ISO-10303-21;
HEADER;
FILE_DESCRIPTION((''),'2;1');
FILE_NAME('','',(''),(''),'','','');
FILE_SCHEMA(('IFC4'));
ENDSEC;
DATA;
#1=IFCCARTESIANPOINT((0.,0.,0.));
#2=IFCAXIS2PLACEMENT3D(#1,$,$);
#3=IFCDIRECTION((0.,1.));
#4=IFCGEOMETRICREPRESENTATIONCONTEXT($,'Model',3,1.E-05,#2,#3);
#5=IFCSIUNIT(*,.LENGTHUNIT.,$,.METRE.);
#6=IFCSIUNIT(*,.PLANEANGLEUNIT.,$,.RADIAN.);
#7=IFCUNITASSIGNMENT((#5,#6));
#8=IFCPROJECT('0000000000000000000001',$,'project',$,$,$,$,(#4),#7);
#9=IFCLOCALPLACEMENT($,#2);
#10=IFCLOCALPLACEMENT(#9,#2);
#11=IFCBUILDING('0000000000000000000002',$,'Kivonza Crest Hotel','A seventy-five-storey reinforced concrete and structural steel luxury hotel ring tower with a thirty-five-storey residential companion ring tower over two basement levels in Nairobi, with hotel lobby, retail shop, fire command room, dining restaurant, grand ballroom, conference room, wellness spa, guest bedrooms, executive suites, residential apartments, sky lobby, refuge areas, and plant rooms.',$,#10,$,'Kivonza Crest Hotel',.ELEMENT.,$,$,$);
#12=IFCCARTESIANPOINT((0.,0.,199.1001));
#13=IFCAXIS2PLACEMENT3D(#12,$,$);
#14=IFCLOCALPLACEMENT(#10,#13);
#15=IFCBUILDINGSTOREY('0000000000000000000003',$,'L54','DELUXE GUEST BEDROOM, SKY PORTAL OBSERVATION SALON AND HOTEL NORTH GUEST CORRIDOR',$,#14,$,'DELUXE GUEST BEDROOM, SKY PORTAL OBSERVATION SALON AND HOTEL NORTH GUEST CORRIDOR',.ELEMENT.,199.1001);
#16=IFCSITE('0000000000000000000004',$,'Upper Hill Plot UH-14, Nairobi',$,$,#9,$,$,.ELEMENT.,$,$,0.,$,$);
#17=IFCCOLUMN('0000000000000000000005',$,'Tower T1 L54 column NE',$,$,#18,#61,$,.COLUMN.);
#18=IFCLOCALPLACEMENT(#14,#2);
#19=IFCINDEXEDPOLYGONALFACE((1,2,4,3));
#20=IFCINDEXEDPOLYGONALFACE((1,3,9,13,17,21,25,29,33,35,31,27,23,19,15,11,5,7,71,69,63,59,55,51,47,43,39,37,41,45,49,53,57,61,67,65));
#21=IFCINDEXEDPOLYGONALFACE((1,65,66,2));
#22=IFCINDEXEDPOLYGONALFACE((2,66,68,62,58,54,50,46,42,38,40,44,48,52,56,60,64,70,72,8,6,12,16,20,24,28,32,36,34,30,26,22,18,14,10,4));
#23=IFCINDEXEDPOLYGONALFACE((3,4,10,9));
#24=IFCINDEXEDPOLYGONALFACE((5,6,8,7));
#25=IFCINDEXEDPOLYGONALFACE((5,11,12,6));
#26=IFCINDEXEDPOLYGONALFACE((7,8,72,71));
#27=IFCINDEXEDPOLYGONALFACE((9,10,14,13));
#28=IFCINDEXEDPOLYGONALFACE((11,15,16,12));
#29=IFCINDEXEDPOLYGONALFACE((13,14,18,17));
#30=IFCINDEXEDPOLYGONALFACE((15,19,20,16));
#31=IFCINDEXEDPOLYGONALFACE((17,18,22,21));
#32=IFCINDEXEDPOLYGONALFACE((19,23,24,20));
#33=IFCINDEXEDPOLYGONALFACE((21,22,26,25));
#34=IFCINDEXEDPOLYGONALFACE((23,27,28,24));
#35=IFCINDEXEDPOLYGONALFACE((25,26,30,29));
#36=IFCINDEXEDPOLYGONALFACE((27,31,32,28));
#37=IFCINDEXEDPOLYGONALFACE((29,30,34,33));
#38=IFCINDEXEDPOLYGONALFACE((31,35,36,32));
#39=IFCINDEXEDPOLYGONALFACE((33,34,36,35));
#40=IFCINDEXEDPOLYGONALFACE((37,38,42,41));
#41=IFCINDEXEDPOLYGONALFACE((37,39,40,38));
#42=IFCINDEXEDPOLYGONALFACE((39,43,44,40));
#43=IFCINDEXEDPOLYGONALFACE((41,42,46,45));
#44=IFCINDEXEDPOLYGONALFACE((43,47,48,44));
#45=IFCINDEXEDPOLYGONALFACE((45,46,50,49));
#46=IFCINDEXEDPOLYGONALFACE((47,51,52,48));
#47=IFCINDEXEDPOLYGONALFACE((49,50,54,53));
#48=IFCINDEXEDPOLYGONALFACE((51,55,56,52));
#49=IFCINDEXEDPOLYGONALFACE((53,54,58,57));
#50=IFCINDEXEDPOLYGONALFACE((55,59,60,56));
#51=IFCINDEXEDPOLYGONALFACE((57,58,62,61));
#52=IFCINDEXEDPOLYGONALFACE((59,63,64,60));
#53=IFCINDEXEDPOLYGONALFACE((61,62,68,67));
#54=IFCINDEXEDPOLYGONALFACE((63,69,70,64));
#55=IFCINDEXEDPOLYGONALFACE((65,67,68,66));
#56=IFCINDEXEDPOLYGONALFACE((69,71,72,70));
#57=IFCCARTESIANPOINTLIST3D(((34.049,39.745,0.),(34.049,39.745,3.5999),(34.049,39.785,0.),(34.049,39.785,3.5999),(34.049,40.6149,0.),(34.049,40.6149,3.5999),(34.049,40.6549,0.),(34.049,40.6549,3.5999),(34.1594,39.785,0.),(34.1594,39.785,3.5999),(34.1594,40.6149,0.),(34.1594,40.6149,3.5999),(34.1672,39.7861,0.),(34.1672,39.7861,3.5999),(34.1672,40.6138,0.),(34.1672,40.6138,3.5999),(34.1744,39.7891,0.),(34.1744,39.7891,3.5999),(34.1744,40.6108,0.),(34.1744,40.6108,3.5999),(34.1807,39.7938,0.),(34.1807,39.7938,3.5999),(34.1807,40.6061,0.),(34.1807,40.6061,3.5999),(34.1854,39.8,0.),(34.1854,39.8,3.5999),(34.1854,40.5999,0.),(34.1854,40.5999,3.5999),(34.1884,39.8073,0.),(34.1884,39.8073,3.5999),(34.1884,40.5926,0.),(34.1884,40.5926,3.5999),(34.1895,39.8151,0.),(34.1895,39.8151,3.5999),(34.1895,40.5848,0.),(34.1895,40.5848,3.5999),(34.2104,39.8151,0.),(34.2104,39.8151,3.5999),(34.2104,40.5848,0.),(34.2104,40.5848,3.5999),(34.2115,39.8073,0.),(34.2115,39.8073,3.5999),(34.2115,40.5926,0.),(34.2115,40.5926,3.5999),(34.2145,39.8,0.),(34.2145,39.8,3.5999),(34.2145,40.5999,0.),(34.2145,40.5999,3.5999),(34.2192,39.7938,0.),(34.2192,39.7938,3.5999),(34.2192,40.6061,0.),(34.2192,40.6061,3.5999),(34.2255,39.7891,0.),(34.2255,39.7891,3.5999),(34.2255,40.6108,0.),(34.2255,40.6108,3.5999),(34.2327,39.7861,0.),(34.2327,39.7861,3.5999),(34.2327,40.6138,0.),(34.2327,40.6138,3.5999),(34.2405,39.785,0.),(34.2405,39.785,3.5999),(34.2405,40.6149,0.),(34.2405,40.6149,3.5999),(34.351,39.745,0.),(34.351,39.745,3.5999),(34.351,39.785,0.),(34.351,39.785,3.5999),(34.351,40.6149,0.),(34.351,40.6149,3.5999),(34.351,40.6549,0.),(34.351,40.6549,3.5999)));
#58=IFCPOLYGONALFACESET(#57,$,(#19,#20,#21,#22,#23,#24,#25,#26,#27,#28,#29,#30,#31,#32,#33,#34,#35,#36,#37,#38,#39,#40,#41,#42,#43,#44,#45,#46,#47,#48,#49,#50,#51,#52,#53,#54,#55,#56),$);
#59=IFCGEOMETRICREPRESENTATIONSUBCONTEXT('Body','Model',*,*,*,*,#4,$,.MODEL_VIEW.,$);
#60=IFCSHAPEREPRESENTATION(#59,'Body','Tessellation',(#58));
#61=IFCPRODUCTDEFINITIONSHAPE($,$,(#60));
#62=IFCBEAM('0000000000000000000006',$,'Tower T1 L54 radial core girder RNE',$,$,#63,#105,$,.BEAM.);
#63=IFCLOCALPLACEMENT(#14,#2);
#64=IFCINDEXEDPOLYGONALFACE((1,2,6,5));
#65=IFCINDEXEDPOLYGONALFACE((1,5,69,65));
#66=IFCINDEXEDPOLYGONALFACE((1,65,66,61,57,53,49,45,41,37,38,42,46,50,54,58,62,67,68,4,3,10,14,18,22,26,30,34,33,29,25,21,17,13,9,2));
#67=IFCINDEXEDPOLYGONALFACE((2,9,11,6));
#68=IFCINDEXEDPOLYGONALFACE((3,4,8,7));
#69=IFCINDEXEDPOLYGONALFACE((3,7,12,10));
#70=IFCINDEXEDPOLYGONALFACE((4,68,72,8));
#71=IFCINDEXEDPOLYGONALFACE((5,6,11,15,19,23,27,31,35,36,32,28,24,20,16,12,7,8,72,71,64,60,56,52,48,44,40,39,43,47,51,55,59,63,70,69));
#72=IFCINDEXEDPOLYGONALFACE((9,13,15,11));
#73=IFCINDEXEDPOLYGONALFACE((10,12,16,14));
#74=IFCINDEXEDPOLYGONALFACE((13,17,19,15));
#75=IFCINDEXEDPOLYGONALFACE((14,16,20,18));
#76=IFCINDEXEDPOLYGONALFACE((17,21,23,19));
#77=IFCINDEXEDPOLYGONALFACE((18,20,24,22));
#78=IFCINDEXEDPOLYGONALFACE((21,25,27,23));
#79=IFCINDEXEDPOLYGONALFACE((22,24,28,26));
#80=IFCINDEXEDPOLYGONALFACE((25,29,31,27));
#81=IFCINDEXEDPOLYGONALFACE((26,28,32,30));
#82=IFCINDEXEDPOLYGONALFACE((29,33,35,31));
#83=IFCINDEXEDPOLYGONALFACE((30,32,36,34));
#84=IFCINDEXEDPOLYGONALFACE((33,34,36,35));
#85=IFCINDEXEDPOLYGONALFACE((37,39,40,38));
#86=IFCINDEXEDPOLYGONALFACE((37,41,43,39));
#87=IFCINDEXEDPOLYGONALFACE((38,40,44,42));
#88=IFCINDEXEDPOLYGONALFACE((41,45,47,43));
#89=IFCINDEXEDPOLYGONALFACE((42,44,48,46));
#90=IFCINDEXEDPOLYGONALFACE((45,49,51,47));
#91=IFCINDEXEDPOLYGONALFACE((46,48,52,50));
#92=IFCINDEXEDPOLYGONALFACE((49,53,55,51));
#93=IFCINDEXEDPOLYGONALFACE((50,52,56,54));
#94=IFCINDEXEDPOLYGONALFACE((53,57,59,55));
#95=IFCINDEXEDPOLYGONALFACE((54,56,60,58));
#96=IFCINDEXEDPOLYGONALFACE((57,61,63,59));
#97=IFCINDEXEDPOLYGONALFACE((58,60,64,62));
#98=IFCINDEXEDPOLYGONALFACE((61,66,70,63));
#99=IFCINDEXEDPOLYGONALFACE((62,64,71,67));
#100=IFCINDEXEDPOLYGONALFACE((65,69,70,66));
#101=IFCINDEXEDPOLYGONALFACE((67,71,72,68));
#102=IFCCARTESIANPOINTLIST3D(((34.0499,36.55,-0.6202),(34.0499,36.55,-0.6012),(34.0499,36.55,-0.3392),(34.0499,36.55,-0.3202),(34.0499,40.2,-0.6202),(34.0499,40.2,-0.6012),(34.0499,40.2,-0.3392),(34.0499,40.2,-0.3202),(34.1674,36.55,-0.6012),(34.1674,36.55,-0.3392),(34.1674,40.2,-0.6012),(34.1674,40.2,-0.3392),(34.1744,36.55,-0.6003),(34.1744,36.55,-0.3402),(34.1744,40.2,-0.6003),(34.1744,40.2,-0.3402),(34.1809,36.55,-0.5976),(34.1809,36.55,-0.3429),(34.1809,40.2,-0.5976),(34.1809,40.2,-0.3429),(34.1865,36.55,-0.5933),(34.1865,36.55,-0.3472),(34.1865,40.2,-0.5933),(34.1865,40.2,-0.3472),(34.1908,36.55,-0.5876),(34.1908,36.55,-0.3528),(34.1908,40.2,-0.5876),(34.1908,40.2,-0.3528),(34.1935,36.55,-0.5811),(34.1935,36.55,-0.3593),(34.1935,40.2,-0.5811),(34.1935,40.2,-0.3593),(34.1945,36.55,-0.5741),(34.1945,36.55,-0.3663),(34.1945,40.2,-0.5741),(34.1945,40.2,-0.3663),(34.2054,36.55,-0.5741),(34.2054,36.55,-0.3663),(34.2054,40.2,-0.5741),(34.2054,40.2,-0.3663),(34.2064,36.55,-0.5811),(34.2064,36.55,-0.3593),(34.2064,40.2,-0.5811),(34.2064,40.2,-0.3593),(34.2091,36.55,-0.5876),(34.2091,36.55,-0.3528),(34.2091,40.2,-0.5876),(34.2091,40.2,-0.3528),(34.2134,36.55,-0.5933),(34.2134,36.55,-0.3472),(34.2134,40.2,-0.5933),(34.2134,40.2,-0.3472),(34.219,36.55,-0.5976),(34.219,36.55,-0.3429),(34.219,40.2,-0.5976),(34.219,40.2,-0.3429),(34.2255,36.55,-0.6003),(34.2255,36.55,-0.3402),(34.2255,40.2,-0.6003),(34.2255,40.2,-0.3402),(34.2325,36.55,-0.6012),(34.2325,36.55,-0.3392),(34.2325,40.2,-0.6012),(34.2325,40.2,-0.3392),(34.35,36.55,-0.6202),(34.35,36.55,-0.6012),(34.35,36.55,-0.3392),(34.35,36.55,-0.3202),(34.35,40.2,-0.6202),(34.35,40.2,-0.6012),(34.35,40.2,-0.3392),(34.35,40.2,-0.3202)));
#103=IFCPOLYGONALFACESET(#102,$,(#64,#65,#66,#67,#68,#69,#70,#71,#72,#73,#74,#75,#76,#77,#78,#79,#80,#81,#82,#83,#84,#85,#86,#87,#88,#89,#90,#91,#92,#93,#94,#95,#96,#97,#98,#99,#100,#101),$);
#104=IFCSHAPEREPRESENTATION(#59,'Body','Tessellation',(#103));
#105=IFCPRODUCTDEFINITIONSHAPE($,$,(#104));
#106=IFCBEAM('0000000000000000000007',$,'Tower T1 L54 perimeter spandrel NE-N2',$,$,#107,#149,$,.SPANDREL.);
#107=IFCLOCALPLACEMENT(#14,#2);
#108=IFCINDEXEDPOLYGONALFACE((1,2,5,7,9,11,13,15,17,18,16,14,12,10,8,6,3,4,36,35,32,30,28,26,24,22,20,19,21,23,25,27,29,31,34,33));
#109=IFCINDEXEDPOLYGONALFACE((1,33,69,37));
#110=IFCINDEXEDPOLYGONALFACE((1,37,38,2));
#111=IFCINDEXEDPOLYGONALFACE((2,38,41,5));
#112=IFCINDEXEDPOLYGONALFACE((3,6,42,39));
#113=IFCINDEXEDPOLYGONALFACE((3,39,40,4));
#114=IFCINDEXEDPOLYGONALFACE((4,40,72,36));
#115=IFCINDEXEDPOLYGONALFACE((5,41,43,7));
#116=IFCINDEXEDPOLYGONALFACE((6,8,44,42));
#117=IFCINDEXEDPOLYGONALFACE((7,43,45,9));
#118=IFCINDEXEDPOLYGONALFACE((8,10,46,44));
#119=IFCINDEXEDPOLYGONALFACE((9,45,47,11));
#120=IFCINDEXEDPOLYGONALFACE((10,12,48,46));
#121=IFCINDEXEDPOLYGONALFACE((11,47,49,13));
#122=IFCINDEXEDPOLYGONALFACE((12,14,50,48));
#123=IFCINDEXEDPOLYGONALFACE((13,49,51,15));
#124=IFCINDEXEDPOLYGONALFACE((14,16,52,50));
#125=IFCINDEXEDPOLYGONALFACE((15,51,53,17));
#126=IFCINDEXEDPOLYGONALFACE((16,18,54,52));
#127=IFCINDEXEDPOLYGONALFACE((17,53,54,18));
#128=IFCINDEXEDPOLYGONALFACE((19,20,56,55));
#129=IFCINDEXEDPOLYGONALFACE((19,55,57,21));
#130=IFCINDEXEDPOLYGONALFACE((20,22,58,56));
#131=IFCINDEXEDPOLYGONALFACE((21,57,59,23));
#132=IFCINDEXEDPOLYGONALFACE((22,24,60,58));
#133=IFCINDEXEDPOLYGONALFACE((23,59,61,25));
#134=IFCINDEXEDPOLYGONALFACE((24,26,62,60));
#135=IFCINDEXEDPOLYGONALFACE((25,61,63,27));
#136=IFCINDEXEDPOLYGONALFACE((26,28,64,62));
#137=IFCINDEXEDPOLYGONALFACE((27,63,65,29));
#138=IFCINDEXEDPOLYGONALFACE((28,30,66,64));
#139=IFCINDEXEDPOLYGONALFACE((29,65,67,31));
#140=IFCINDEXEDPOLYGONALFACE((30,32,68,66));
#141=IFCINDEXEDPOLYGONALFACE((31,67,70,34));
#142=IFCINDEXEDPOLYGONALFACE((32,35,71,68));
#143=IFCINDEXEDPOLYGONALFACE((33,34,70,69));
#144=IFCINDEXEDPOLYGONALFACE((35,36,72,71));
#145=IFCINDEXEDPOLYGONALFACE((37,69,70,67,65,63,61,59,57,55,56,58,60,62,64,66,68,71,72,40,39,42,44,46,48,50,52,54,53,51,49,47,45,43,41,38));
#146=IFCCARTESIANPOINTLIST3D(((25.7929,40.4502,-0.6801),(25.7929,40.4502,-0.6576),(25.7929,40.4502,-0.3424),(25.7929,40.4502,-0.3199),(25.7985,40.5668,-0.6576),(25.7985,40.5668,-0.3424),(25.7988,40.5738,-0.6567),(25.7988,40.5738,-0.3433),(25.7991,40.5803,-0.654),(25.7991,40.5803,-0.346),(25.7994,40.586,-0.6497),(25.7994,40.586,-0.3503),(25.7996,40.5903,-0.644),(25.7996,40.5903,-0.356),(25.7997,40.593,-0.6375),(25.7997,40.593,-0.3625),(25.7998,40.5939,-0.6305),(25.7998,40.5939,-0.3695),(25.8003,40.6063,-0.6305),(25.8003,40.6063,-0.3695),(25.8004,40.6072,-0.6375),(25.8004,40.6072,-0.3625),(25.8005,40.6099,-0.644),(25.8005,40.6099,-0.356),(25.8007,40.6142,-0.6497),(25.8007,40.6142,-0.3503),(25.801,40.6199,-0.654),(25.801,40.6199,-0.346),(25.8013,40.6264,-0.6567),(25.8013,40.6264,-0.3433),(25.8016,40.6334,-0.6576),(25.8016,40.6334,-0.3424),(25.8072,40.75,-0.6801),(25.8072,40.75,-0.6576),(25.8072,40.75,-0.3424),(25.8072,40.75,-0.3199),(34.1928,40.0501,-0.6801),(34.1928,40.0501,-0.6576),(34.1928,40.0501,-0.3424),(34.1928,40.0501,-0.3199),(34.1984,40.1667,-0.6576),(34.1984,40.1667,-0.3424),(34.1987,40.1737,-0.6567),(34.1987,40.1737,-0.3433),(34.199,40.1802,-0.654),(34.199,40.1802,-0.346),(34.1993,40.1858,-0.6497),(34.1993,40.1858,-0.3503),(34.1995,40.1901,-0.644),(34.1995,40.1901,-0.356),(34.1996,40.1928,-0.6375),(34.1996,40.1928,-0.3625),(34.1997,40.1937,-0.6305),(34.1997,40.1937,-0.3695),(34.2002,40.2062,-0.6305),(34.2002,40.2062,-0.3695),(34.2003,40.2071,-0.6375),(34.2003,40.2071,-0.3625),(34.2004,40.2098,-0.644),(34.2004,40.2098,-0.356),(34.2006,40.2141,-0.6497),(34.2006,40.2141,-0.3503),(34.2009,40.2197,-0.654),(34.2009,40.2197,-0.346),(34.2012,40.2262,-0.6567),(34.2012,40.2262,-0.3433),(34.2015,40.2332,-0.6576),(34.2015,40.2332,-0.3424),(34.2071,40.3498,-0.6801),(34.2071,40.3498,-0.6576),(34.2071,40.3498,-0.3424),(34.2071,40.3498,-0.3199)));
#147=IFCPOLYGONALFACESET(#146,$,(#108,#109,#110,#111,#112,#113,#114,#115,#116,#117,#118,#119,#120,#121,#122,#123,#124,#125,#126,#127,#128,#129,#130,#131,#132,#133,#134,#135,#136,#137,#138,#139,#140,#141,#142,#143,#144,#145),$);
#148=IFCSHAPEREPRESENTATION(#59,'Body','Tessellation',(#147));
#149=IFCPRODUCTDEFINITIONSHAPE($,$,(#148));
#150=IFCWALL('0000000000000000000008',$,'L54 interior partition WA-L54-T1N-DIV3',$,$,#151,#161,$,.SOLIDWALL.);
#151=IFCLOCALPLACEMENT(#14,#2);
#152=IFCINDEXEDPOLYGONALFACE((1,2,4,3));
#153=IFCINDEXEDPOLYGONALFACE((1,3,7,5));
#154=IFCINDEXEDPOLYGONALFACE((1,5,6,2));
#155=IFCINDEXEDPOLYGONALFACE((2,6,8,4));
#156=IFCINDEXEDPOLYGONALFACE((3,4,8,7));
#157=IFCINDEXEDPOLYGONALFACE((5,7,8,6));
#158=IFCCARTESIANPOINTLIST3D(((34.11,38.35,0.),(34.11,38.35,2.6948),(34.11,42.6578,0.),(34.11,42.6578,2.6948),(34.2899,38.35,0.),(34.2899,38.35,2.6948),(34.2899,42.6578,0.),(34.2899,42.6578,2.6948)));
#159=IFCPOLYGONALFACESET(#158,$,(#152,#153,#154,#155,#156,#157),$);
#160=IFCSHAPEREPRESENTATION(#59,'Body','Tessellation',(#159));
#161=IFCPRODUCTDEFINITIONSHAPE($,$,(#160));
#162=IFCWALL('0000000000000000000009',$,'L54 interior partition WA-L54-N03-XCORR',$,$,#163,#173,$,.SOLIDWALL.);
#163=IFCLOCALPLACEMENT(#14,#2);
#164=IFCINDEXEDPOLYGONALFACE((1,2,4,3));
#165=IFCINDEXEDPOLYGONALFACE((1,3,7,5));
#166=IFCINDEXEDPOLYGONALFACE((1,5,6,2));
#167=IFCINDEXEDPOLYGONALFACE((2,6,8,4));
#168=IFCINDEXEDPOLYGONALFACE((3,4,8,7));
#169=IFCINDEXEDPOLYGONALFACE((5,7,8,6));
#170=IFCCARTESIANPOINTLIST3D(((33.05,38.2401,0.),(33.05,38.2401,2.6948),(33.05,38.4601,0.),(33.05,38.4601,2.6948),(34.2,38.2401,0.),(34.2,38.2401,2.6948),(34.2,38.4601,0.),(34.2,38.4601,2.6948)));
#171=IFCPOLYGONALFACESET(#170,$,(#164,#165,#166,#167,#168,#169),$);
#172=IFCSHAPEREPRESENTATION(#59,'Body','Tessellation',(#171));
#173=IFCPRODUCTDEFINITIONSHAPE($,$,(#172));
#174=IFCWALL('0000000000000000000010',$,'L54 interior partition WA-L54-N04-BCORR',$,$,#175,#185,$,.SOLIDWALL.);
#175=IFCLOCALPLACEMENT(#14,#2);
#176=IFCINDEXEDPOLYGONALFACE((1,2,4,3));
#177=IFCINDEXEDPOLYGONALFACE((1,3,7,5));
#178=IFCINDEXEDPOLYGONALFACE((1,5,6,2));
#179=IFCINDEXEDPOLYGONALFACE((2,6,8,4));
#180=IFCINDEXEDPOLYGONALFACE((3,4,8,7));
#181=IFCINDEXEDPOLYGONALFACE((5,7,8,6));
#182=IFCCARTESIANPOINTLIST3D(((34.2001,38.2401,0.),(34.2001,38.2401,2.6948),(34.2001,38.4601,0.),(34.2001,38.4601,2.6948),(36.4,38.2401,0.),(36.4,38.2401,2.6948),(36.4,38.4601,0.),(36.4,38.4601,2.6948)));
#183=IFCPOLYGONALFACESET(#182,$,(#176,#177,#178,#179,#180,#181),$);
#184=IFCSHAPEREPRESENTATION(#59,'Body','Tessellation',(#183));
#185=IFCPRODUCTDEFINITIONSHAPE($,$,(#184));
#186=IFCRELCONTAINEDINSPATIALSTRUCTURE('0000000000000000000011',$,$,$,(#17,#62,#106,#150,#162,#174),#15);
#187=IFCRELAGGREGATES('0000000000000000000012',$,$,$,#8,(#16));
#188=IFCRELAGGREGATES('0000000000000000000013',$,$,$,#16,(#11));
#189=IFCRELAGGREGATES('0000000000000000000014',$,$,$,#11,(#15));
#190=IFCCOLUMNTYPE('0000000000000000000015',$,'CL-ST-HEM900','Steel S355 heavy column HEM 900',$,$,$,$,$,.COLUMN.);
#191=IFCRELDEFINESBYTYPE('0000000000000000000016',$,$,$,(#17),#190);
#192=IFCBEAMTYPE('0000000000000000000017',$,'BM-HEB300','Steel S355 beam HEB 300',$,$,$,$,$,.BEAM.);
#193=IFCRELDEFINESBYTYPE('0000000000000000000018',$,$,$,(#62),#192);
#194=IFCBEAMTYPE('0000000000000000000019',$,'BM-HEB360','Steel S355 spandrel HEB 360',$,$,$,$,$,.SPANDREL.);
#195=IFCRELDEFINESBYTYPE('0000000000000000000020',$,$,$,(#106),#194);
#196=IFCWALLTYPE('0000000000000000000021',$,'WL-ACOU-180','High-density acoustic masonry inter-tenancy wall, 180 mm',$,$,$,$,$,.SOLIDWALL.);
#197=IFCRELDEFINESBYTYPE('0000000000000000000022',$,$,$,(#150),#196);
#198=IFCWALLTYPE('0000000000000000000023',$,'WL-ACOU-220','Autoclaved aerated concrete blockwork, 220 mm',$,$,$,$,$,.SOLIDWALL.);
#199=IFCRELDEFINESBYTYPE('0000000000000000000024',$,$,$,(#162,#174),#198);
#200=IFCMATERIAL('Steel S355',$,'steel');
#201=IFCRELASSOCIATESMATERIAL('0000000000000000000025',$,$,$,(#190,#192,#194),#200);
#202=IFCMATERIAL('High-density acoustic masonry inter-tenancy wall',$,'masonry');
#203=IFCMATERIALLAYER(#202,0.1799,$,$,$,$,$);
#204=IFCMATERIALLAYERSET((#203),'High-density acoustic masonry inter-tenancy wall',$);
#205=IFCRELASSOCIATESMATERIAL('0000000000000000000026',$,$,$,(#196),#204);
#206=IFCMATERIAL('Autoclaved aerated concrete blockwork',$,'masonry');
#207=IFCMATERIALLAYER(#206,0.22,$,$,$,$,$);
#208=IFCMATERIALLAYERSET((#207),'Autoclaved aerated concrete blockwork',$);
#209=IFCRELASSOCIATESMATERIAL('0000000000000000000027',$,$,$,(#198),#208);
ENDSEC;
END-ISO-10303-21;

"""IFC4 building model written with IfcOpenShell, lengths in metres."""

from ifc_helpers import new_model, si_unit, direction, frame, frame_2d, origin, origin_2d, place, context, subcontext, project, spatial, rectangle, i_section, extrude, material, layer, layer_set, material_profile, profile_set, type_object, element, save


model = new_model("IFC4")

# Units and contexts
model_context = context("Model", 3, precision=1e-05, world=origin(), true_north=direction((0.0, 1.0)))
body_context = subcontext(model_context, "Body", "Model", "MODEL_VIEW")
ifc_project = project(units=[si_unit("LENGTHUNIT", "METRE"), si_unit("PLANEANGLEUNIT", "RADIAN")], contexts=[model_context])

# Site, building, storey
site_placement = place(None, origin())
site = spatial("IfcSite", under=ifc_project, at=site_placement, Name="Upper Hill Plot UH-14, Nairobi", CompositionType="ELEMENT", RefElevation=0.0)
building_placement = place(site_placement, origin())
building = spatial("IfcBuilding", under=site, at=building_placement, Name="Kivonza Crest Hotel", Description="A seventy-five-storey reinforced concrete and structural steel luxury hotel ring tower with a thirty-five-storey residential companion ring tower over two basement levels in Nairobi, with hotel lobby, retail shop, fire command room, dining restaurant, grand ballroom, conference room, wellness spa, guest bedrooms, executive suites, residential apartments, sky lobby, refuge areas, and plant rooms.", LongName="Kivonza Crest Hotel", CompositionType="ELEMENT")
storey_placement = place(building_placement, frame((0.0, 0.0, 199.1001)))
storey = spatial("IfcBuildingStorey", under=building, at=storey_placement, Name="L54", Description="DELUXE GUEST BEDROOM, SKY PORTAL OBSERVATION SALON AND HOTEL NORTH GUEST CORRIDOR", LongName="DELUXE GUEST BEDROOM, SKY PORTAL OBSERVATION SALON AND HOTEL NORTH GUEST CORRIDOR", CompositionType="ELEMENT", Elevation=199.1001)

# Column
ifc_material_1 = material(Name="Steel S355", Category="steel")
ifc_material_profile_1 = material_profile(ifc_material_1, i_section(OverallWidth=0.302, OverallDepth=0.9099, WebThickness=0.021, FlangeThickness=0.04, FilletRadius=0.03, at=origin_2d()), Name="HEM 900")
ifc_profile_set_1 = profile_set([ifc_material_profile_1], Name="Steel S355")
column_type = type_object("IfcColumnType", Name="CL-ST-HEM900", Description="Steel S355 heavy column HEM 900", PredefinedType="COLUMN", material=ifc_profile_set_1)
column_placement = place(storey_placement, frame((34.2, 40.2, 0.0), z_axis=(0.0, 0.0, 1.0), x_axis=(1.0, 0.0, 0.0)))
element("IfcColumn", 1, at=column_placement, inside=storey, type_object=column_type, Name="Tower T1 L54 column NE", PredefinedType="COLUMN", context=body_context, shape_type="SweptSolid", body=[
    extrude(i_section(OverallWidth=0.302, OverallDepth=0.9099, WebThickness=0.021, FlangeThickness=0.04, FilletRadius=0.03, at=origin_2d()), origin(), (0.0, 0.0, 1.0), 3.5999),
])

# Beams
ifc_material_profile_2 = material_profile(ifc_material_1, i_section(OverallWidth=0.3, OverallDepth=0.3, WebThickness=0.011, FlangeThickness=0.019, FilletRadius=0.0271, at=origin_2d()), Name="HEB 300")
ifc_profile_set_2 = profile_set([ifc_material_profile_2], Name="Steel S355")
beam_type_1 = type_object("IfcBeamType", Name="BM-HEB300", Description="Steel S355 beam HEB 300", PredefinedType="BEAM", material=ifc_profile_set_2)
beam_1_placement = place(storey_placement, frame((34.2, 40.2, -0.4702), z_axis=(0.0, -1.0, 0.0), x_axis=(1.0, 0.0, 0.0)))
element("IfcBeam", 2, at=beam_1_placement, inside=storey, type_object=beam_type_1, Name="Tower T1 L54 radial core girder RNE", PredefinedType="BEAM", context=body_context, shape_type="SweptSolid", body=[
    extrude(i_section(OverallWidth=0.3, OverallDepth=0.3, WebThickness=0.011, FlangeThickness=0.019, FilletRadius=0.0271, at=origin_2d()), origin(), (0.0, 0.0, 1.0), 3.6499),
])
ifc_material_profile_3 = material_profile(ifc_material_1, i_section(OverallWidth=0.3, OverallDepth=0.3601, WebThickness=0.0125, FlangeThickness=0.0225, FilletRadius=0.0271, at=origin_2d()), Name="HEB 360")
ifc_profile_set_3 = profile_set([ifc_material_profile_3], Name="Steel S355")
beam_type_2 = type_object("IfcBeamType", Name="BM-HEB360", Description="Steel S355 spandrel HEB 360", PredefinedType="SPANDREL", material=ifc_profile_set_3)
beam_2_placement = place(storey_placement, frame((34.2, 40.2, -0.5), z_axis=(-0.998867, 0.047583, 0.0), x_axis=(-0.047583, -0.998867, 0.0)))
element("IfcBeam", 3, at=beam_2_placement, inside=storey, type_object=beam_type_2, Name="Tower T1 L54 perimeter spandrel NE-N2", PredefinedType="SPANDREL", context=body_context, shape_type="SweptSolid", body=[
    extrude(i_section(OverallWidth=0.3, OverallDepth=0.3601, WebThickness=0.0125, FlangeThickness=0.0225, FilletRadius=0.0271, at=origin_2d()), origin(), (0.0, 0.0, 1.0), 8.4094),
])

# Walls
ifc_material_2 = material(Name="High-density acoustic masonry inter-tenancy wall", Category="masonry")
ifc_layer_1 = layer(ifc_material_2, 0.1799)
ifc_layer_set_1 = layer_set([ifc_layer_1], Name="High-density acoustic masonry inter-tenancy wall")
wall_type_1 = type_object("IfcWallType", Name="WL-ACOU-180", Description="High-density acoustic masonry inter-tenancy wall, 180 mm", PredefinedType="SOLIDWALL", material=ifc_layer_set_1)
wall_1_placement = place(storey_placement, frame((34.2, 38.3501, 0.0), z_axis=(0.0, 0.0, 1.0), x_axis=(0.0, 1.0, 0.0)))
element("IfcWall", 4, at=wall_1_placement, inside=storey, type_object=wall_type_1, Name="L54 interior partition WA-L54-T1N-DIV3", PredefinedType="SOLIDWALL", context=body_context, shape_type="SweptSolid", body=[
    extrude(rectangle(XDim=4.3079, YDim=0.1799, at=frame_2d((2.1538, 0.0))), origin(), (0.0, 0.0, 1.0), 2.6948),
])
ifc_material_3 = material(Name="Autoclaved aerated concrete blockwork", Category="masonry")
ifc_layer_2 = layer(ifc_material_3, 0.22)
ifc_layer_set_2 = layer_set([ifc_layer_2], Name="Autoclaved aerated concrete blockwork")
wall_type_2 = type_object("IfcWallType", Name="WL-ACOU-220", Description="Autoclaved aerated concrete blockwork, 220 mm", PredefinedType="SOLIDWALL", material=ifc_layer_set_2)
wall_2_placement = place(storey_placement, frame((33.05, 38.3501, 0.0), z_axis=(0.0, 0.0, 1.0), x_axis=(1.0, 0.0, 0.0)))
element("IfcWall", 5, at=wall_2_placement, inside=storey, type_object=wall_type_2, Name="L54 interior partition WA-L54-N03-XCORR", PredefinedType="SOLIDWALL", context=body_context, shape_type="SweptSolid", body=[
    extrude(rectangle(XDim=1.1499, YDim=0.22, at=frame_2d((0.575, 0.0))), origin(), (0.0, 0.0, 1.0), 2.6948),
])
wall_3_placement = place(storey_placement, frame((34.2, 38.3501, 0.0), z_axis=(0.0, 0.0, 1.0), x_axis=(1.0, 0.0, 0.0)))
element("IfcWall", 6, at=wall_3_placement, inside=storey, type_object=wall_type_2, Name="L54 interior partition WA-L54-N04-BCORR", PredefinedType="SOLIDWALL", context=body_context, shape_type="SweptSolid", body=[
    extrude(rectangle(XDim=2.2, YDim=0.22, at=frame_2d((1.1001, 0.0))), origin(), (0.0, 0.0, 1.0), 2.6948),
])

save(model, "model.ifc")
